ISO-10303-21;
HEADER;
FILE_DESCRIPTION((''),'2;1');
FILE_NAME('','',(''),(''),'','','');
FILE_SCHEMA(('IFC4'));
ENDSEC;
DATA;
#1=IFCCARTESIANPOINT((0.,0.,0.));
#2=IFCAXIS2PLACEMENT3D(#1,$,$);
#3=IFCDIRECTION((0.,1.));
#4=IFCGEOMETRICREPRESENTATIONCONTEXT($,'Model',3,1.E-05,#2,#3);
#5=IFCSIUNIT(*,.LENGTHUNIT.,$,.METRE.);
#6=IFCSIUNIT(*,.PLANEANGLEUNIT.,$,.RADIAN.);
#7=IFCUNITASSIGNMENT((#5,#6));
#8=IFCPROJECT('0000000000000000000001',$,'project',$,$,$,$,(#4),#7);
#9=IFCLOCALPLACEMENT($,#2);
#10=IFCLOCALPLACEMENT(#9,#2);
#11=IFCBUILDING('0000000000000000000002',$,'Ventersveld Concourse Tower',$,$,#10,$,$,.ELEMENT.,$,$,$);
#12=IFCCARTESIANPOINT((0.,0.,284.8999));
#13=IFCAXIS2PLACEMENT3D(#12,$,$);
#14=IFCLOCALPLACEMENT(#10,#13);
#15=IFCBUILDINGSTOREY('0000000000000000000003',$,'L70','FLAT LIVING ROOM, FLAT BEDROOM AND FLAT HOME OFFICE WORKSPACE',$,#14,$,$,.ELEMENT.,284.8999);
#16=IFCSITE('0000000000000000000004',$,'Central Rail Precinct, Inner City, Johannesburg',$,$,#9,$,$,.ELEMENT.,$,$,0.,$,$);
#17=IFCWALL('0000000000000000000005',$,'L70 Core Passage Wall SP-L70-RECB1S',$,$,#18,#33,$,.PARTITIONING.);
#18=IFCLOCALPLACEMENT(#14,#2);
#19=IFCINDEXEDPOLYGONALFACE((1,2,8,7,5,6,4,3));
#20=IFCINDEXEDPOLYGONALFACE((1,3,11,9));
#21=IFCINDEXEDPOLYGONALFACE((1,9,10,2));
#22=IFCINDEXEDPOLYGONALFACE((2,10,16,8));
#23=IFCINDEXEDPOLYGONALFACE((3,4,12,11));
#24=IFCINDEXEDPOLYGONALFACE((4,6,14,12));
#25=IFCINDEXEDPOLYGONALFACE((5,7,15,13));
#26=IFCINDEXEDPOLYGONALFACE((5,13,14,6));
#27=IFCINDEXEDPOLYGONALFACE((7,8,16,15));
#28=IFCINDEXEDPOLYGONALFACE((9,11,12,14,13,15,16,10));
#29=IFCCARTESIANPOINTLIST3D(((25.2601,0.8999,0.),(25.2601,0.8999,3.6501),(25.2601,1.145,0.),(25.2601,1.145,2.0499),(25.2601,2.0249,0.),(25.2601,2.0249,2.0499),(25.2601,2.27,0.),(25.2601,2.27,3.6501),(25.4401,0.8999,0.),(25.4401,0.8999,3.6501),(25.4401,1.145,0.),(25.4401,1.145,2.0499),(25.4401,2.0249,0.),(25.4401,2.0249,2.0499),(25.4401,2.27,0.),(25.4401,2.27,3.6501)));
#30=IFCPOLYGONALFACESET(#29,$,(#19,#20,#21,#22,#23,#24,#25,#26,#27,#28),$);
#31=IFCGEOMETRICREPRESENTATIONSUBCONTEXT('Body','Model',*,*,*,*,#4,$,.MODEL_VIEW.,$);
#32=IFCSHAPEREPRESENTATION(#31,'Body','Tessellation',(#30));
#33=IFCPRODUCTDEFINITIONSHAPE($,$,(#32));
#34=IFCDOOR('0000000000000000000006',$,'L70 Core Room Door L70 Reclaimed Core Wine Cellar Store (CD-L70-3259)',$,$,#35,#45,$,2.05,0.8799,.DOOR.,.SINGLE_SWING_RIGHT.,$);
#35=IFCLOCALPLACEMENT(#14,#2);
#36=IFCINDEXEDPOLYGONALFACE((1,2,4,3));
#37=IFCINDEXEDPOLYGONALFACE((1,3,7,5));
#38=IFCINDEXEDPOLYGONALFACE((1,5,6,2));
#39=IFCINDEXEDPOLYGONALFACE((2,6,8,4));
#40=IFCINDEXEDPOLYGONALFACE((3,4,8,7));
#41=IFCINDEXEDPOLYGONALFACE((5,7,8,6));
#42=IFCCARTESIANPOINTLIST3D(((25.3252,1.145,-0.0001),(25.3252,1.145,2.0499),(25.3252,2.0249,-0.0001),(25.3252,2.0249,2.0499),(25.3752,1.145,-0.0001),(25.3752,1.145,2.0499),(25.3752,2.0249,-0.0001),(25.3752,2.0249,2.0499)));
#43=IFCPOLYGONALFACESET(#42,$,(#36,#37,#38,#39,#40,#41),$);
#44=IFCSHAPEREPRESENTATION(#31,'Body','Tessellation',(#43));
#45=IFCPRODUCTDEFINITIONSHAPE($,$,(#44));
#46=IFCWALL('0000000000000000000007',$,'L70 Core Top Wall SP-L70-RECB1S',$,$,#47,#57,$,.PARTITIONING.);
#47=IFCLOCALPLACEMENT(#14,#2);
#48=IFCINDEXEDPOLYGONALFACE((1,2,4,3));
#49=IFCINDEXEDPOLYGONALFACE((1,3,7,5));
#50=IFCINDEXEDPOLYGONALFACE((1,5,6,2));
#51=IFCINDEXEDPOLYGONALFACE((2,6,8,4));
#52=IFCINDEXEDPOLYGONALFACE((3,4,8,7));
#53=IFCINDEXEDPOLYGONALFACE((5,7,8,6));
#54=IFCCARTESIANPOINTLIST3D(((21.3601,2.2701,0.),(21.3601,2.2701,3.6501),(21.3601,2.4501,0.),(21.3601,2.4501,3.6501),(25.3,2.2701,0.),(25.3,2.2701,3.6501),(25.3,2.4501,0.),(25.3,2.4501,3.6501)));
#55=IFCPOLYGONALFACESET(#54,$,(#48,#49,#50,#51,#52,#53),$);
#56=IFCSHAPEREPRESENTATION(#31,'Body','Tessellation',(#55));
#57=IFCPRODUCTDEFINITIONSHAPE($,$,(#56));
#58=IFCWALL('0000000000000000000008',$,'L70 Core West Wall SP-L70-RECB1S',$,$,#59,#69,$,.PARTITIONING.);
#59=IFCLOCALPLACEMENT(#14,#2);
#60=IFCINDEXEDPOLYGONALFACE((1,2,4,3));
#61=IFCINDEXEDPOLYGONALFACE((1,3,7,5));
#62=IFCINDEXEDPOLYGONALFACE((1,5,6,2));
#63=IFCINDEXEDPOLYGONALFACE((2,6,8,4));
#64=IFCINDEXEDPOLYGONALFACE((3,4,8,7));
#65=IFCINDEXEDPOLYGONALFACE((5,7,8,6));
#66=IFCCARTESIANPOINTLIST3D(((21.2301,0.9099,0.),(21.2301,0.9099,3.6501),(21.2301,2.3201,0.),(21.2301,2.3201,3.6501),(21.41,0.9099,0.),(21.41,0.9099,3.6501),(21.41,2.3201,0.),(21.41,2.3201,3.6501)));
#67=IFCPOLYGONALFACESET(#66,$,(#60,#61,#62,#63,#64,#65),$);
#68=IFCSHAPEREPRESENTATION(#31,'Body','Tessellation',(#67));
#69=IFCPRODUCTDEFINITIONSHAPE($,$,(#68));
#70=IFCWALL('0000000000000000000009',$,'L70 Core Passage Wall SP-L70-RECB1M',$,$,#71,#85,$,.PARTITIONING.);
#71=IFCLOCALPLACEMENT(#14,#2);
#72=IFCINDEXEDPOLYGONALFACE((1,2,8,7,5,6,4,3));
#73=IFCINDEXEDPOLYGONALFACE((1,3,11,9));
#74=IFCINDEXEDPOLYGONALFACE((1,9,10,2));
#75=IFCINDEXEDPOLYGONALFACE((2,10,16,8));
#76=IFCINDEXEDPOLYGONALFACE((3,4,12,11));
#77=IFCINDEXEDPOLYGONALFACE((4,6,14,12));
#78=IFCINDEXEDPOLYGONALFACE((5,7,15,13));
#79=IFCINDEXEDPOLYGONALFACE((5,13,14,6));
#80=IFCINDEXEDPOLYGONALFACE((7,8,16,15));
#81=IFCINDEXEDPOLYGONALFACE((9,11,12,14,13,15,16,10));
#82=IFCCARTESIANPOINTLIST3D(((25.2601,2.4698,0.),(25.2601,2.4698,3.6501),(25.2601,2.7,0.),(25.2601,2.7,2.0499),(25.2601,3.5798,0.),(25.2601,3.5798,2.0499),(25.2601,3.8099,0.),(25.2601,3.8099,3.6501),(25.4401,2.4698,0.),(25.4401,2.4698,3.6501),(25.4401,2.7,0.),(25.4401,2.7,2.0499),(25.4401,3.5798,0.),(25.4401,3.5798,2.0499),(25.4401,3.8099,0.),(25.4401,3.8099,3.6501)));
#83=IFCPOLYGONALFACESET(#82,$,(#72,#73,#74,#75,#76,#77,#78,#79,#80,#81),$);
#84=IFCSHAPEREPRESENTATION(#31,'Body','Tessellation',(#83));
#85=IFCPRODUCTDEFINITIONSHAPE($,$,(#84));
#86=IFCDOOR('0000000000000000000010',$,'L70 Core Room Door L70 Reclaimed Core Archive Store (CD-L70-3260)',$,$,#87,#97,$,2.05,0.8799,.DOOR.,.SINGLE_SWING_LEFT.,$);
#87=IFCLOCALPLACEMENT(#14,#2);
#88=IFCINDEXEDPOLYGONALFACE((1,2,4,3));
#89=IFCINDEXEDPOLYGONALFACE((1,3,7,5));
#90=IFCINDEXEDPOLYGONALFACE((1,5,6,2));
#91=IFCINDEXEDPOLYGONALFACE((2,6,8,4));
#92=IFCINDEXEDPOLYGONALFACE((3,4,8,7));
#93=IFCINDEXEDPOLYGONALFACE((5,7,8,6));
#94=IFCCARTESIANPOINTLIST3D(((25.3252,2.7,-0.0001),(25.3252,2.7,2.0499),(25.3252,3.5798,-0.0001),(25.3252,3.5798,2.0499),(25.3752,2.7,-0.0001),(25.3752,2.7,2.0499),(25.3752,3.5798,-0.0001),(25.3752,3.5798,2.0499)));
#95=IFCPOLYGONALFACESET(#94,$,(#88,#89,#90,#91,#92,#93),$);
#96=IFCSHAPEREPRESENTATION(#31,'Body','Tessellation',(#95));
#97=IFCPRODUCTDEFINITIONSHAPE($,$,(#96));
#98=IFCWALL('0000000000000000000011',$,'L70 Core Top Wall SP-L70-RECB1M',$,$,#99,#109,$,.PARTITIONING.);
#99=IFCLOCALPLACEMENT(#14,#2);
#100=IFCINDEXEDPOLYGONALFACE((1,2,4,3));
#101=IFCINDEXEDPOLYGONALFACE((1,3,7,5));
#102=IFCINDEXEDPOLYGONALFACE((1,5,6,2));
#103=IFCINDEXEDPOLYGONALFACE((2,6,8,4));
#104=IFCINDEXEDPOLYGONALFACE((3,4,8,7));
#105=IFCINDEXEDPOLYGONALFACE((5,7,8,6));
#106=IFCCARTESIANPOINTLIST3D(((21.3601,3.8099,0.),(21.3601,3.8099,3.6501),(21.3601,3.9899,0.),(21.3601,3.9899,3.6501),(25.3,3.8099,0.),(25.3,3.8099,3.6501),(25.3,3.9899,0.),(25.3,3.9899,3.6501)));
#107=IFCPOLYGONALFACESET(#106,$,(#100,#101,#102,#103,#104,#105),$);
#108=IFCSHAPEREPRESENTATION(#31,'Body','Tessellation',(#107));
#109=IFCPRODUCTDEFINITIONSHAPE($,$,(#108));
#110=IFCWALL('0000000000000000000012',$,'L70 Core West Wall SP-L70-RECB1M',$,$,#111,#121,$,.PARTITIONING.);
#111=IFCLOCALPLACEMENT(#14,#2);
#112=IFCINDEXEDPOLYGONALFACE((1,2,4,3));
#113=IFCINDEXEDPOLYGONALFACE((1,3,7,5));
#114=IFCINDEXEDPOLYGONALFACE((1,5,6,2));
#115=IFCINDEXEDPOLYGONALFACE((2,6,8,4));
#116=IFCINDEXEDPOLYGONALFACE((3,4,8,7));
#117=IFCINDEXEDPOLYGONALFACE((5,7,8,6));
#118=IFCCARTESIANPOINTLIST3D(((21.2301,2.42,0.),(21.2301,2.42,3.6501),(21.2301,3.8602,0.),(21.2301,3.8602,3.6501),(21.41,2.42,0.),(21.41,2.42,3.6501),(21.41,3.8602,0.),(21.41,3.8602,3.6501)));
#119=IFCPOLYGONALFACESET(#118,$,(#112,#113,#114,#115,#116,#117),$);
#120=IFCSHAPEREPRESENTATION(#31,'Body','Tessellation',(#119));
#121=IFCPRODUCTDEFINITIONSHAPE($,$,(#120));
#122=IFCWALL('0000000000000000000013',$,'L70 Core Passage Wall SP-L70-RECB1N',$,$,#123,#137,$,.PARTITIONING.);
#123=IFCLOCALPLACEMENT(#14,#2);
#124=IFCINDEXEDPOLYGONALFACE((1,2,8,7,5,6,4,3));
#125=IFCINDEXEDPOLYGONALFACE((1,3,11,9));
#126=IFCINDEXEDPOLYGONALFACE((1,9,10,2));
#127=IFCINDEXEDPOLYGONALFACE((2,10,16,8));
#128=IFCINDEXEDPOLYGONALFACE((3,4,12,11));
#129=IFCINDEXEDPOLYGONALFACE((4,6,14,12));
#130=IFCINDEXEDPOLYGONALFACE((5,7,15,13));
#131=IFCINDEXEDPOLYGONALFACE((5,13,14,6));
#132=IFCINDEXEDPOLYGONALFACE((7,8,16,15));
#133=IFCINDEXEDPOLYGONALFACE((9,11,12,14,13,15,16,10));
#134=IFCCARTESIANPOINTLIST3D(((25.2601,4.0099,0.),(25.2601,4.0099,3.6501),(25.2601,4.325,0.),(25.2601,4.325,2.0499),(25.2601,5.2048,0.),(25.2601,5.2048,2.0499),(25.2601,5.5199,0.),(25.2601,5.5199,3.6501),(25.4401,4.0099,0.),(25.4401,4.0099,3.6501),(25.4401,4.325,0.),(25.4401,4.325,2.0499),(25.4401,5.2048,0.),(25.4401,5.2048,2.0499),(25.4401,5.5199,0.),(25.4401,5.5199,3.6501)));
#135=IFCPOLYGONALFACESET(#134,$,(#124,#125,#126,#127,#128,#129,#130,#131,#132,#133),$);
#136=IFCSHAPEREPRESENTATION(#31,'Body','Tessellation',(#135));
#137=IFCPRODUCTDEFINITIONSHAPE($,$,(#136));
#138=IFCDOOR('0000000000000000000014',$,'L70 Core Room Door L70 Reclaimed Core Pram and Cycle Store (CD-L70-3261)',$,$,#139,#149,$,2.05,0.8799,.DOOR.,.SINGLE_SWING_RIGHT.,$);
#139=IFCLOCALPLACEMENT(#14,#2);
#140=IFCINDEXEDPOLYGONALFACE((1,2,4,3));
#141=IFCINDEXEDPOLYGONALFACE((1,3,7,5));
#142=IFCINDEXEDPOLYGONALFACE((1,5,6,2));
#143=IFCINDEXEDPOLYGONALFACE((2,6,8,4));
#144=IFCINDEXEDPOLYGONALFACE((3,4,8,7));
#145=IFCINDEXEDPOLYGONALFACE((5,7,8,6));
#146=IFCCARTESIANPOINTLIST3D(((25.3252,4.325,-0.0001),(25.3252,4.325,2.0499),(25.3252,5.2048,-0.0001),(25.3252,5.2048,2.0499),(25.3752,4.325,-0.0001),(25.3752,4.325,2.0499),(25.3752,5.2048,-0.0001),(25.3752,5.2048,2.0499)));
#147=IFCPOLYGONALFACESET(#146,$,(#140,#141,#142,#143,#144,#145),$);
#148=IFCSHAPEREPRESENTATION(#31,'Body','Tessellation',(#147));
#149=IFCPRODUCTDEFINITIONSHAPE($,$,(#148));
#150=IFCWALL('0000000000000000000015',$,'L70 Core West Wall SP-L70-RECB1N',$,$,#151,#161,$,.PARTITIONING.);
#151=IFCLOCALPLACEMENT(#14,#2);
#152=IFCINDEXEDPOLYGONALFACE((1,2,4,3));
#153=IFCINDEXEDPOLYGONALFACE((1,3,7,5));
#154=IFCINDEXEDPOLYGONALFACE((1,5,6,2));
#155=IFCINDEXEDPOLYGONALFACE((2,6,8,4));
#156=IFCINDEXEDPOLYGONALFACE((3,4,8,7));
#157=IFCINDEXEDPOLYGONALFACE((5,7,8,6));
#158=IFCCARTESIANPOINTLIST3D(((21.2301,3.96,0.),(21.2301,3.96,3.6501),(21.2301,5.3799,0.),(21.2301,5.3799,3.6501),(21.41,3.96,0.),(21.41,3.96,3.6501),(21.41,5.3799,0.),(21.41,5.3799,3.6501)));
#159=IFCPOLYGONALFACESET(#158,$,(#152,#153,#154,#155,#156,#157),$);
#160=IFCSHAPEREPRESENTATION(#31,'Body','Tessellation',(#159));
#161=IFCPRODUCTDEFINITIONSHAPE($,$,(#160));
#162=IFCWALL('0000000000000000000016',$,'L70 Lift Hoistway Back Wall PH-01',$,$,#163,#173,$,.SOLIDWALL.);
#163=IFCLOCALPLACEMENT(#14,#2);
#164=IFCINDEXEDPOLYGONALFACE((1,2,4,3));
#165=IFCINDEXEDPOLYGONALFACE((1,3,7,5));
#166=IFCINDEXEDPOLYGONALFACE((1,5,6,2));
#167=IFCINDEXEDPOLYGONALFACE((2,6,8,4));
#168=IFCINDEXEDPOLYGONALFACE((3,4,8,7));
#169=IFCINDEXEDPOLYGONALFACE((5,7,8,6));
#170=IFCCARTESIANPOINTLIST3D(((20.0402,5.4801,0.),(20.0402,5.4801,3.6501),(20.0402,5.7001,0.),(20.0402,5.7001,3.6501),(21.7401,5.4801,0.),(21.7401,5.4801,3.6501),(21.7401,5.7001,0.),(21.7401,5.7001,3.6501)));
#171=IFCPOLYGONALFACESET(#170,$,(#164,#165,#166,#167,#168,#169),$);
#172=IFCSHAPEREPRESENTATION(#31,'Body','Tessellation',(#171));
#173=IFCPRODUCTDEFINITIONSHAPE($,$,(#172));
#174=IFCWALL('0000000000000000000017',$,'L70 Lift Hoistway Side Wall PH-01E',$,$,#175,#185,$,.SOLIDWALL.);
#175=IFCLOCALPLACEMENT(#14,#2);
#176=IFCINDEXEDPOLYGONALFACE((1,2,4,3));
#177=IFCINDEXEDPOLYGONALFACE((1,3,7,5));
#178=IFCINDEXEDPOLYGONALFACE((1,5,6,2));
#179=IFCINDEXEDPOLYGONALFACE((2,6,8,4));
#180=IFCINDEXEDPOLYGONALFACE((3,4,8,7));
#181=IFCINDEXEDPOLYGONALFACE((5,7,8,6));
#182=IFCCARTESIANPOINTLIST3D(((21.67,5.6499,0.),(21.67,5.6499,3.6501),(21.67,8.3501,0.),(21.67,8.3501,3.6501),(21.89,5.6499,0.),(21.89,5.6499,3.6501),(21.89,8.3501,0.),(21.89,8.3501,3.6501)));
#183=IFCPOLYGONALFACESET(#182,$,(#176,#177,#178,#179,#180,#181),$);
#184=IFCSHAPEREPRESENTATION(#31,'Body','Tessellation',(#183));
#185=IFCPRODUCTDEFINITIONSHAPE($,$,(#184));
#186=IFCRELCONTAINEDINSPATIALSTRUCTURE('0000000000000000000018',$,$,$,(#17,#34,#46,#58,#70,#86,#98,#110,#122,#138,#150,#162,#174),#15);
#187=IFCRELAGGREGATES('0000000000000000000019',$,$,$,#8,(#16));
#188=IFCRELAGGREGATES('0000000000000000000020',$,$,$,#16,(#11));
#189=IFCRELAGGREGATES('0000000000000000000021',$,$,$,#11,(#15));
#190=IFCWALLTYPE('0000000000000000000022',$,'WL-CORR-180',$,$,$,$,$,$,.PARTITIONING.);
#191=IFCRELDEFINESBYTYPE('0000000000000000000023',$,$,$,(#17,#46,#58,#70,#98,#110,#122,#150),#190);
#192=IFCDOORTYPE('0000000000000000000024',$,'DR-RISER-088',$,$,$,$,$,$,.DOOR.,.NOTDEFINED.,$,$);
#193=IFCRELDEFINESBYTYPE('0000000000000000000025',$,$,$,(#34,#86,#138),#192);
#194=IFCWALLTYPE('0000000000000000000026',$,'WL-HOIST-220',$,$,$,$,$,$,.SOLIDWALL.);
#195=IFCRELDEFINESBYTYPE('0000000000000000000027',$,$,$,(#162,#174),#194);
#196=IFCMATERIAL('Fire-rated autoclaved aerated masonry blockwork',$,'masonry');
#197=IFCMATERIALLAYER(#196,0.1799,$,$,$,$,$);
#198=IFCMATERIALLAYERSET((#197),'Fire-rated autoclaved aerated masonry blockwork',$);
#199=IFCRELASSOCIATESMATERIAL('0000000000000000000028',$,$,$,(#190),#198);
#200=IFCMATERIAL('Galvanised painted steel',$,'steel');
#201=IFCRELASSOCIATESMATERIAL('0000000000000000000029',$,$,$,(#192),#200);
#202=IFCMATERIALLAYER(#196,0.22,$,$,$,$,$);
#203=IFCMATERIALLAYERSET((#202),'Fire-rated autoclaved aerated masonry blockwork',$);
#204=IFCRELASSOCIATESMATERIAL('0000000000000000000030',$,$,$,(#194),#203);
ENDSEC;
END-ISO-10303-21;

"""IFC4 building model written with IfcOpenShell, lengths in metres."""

from ifc_helpers import new_model, si_unit, direction, frame, frame_2d, origin, place, context, subcontext, project, spatial, rectangle, extrude, material, layer, layer_set, type_object, element, fill, save


model = new_model("IFC4")

# Units and contexts
model_context = context("Model", 3, precision=1e-05, world=origin(), true_north=direction((0.0, 1.0)))
body_context = subcontext(model_context, "Body", "Model", "MODEL_VIEW")
ifc_project = project(units=[si_unit("LENGTHUNIT", "METRE"), si_unit("PLANEANGLEUNIT", "RADIAN")], contexts=[model_context])

# Site, building, storey
site_placement = place(None, origin())
site = spatial("IfcSite", under=ifc_project, at=site_placement, Name="Central Rail Precinct, Inner City, Johannesburg", CompositionType="ELEMENT", RefElevation=0.0)
building_placement = place(site_placement, origin())
building = spatial("IfcBuilding", under=site, at=building_placement, Name="Ventersveld Concourse Tower", CompositionType="ELEMENT")
storey_placement = place(building_placement, frame((0.0, 0.0, 284.8999)))
storey = spatial("IfcBuildingStorey", under=building, at=storey_placement, Name="L70", Description="FLAT LIVING ROOM, FLAT BEDROOM AND FLAT HOME OFFICE WORKSPACE", CompositionType="ELEMENT", Elevation=284.8999)

# Wall, opening, door
ifc_material_1 = material(Name="Fire-rated autoclaved aerated masonry blockwork", Category="masonry")
ifc_layer_1 = layer(ifc_material_1, 0.1799)
ifc_layer_set_1 = layer_set([ifc_layer_1], Name="Fire-rated autoclaved aerated masonry blockwork")
wall_type_1 = type_object("IfcWallType", Name="WL-CORR-180", PredefinedType="PARTITIONING", material=ifc_layer_set_1)
wall_1_placement = place(storey_placement, frame((25.3501, 0.8999, 0.0), z_axis=(0.0, 0.0, 1.0), x_axis=(0.0, 1.0, 0.0)))
wall_1 = element("IfcWall", 1, at=wall_1_placement, inside=storey, type_object=wall_type_1, Name="L70 Core Passage Wall SP-L70-RECB1S", PredefinedType="PARTITIONING", context=body_context, shape_type="SweptSolid", body=[
    extrude(rectangle(XDim=1.3701, YDim=0.1799, at=frame_2d((0.6851, 0.0))), origin(), (0.0, 0.0, 1.0), 3.6501),
])
opening_1_placement = place(wall_1_placement, frame((0.2451, 0.0, 0.0)))
opening_1 = element("IfcOpeningElement", 2, at=opening_1_placement, cuts=wall_1, PredefinedType="OPENING", context=body_context, shape_type="SweptSolid", body=[
    extrude(rectangle(XDim=0.8799, YDim=2.05, at=frame_2d((0.4399, 1.0249))), frame((0.0, 0.1001, 0.0), z_axis=(0.0, -1.0, 0.0), x_axis=(1.0, 0.0, 0.0)), (0.0, 0.0, 1.0), 0.2),
])
ifc_material_2 = material(Name="Galvanised painted steel", Category="steel")
door_type_1 = type_object("IfcDoorType", Name="DR-RISER-088", OperationType="NOTDEFINED", PredefinedType="DOOR", material=ifc_material_2)
door_1_placement = place(opening_1_placement, origin())
door_1 = element("IfcDoor", 3, at=door_1_placement, inside=storey, type_object=door_type_1, Name="L70 Core Room Door L70 Reclaimed Core Wine Cellar Store (CD-L70-3259)", OperationType="SINGLE_SWING_RIGHT", OverallHeight=2.05, OverallWidth=0.8799, PredefinedType="DOOR", context=body_context, shape_type="SweptSolid", body=[
    extrude(rectangle(XDim=0.8799, YDim=2.05, at=frame_2d((0.4399, 1.0249))), frame((0.0, 0.0249, 0.0), z_axis=(0.0, -1.0, 0.0), x_axis=(1.0, 0.0, 0.0)), (0.0, 0.0, 1.0), 0.05),
])
fill(opening_1, door_1)

# Walls
wall_2_placement = place(storey_placement, frame((21.3601, 2.3601, 0.0), z_axis=(0.0, 0.0, 1.0), x_axis=(1.0, 0.0, 0.0)))
element("IfcWall", 4, at=wall_2_placement, inside=storey, type_object=wall_type_1, Name="L70 Core Top Wall SP-L70-RECB1S", PredefinedType="PARTITIONING", context=body_context, shape_type="SweptSolid", body=[
    extrude(rectangle(XDim=3.9399, YDim=0.1799, at=frame_2d((1.97, 0.0))), origin(), (0.0, 0.0, 1.0), 3.6501),
])
wall_3_placement = place(storey_placement, frame((21.3201, 0.9099, 0.0), z_axis=(0.0, 0.0, 1.0), x_axis=(0.0, 1.0, 0.0)))
element("IfcWall", 5, at=wall_3_placement, inside=storey, type_object=wall_type_1, Name="L70 Core West Wall SP-L70-RECB1S", PredefinedType="PARTITIONING", context=body_context, shape_type="SweptSolid", body=[
    extrude(rectangle(XDim=1.4102, YDim=0.1799, at=frame_2d((0.7051, 0.0))), origin(), (0.0, 0.0, 1.0), 3.6501),
])

# Wall, opening, door
wall_4_placement = place(storey_placement, frame((25.3501, 2.47, 0.0), z_axis=(0.0, 0.0, 1.0), x_axis=(0.0, 1.0, 0.0)))
wall_4 = element("IfcWall", 6, at=wall_4_placement, inside=storey, type_object=wall_type_1, Name="L70 Core Passage Wall SP-L70-RECB1M", PredefinedType="PARTITIONING", context=body_context, shape_type="SweptSolid", body=[
    extrude(rectangle(XDim=1.3401, YDim=0.1799, at=frame_2d((0.6699, 0.0))), origin(), (0.0, 0.0, 1.0), 3.6501),
])
opening_2_placement = place(wall_4_placement, frame((0.23, 0.0, 0.0)))
opening_2 = element("IfcOpeningElement", 7, at=opening_2_placement, cuts=wall_4, PredefinedType="OPENING", context=body_context, shape_type="SweptSolid", body=[
    extrude(rectangle(XDim=0.8799, YDim=2.05, at=frame_2d((0.4399, 1.0249))), frame((0.0, 0.1001, 0.0), z_axis=(0.0, -1.0, 0.0), x_axis=(1.0, 0.0, 0.0)), (0.0, 0.0, 1.0), 0.2),
])
door_2_placement = place(opening_2_placement, origin())
door_2 = element("IfcDoor", 8, at=door_2_placement, inside=storey, type_object=door_type_1, Name="L70 Core Room Door L70 Reclaimed Core Archive Store (CD-L70-3260)", OperationType="SINGLE_SWING_LEFT", OverallHeight=2.05, OverallWidth=0.8799, PredefinedType="DOOR", context=body_context, shape_type="SweptSolid", body=[
    extrude(rectangle(XDim=0.8799, YDim=2.05, at=frame_2d((0.4399, 1.0249))), frame((0.0, 0.0249, 0.0), z_axis=(0.0, -1.0, 0.0), x_axis=(1.0, 0.0, 0.0)), (0.0, 0.0, 1.0), 0.05),
])
fill(opening_2, door_2)

# Walls
wall_5_placement = place(storey_placement, frame((21.3601, 3.8999, 0.0), z_axis=(0.0, 0.0, 1.0), x_axis=(1.0, 0.0, 0.0)))
element("IfcWall", 9, at=wall_5_placement, inside=storey, type_object=wall_type_1, Name="L70 Core Top Wall SP-L70-RECB1M", PredefinedType="PARTITIONING", context=body_context, shape_type="SweptSolid", body=[
    extrude(rectangle(XDim=3.9399, YDim=0.1799, at=frame_2d((1.97, 0.0))), origin(), (0.0, 0.0, 1.0), 3.6501),
])
wall_6_placement = place(storey_placement, frame((21.3201, 2.4199, 0.0), z_axis=(0.0, 0.0, 1.0), x_axis=(0.0, 1.0, 0.0)))
element("IfcWall", 10, at=wall_6_placement, inside=storey, type_object=wall_type_1, Name="L70 Core West Wall SP-L70-RECB1M", PredefinedType="PARTITIONING", context=body_context, shape_type="SweptSolid", body=[
    extrude(rectangle(XDim=1.4402, YDim=0.1799, at=frame_2d((0.7202, 0.0))), origin(), (0.0, 0.0, 1.0), 3.6501),
])

# Wall, opening, door
wall_7_placement = place(storey_placement, frame((25.3501, 4.01, 0.0), z_axis=(0.0, 0.0, 1.0), x_axis=(0.0, 1.0, 0.0)))
wall_7 = element("IfcWall", 11, at=wall_7_placement, inside=storey, type_object=wall_type_1, Name="L70 Core Passage Wall SP-L70-RECB1N", PredefinedType="PARTITIONING", context=body_context, shape_type="SweptSolid", body=[
    extrude(rectangle(XDim=1.51, YDim=0.1799, at=frame_2d((0.7549, 0.0))), origin(), (0.0, 0.0, 1.0), 3.6501),
])
opening_3_placement = place(wall_7_placement, frame((0.3149, 0.0, 0.0)))
opening_3 = element("IfcOpeningElement", 12, at=opening_3_placement, cuts=wall_7, PredefinedType="OPENING", context=body_context, shape_type="SweptSolid", body=[
    extrude(rectangle(XDim=0.8799, YDim=2.05, at=frame_2d((0.4399, 1.0249))), frame((0.0, 0.1001, 0.0), z_axis=(0.0, -1.0, 0.0), x_axis=(1.0, 0.0, 0.0)), (0.0, 0.0, 1.0), 0.2),
])
door_3_placement = place(opening_3_placement, origin())
door_3 = element("IfcDoor", 13, at=door_3_placement, inside=storey, type_object=door_type_1, Name="L70 Core Room Door L70 Reclaimed Core Pram and Cycle Store (CD-L70-3261)", OperationType="SINGLE_SWING_RIGHT", OverallHeight=2.05, OverallWidth=0.8799, PredefinedType="DOOR", context=body_context, shape_type="SweptSolid", body=[
    extrude(rectangle(XDim=0.8799, YDim=2.05, at=frame_2d((0.4399, 1.0249))), frame((0.0, 0.0249, 0.0), z_axis=(0.0, -1.0, 0.0), x_axis=(1.0, 0.0, 0.0)), (0.0, 0.0, 1.0), 0.05),
])
fill(opening_3, door_3)

# Walls
wall_8_placement = place(storey_placement, frame((21.3201, 3.96, 0.0), z_axis=(0.0, 0.0, 1.0), x_axis=(0.0, 1.0, 0.0)))
element("IfcWall", 14, at=wall_8_placement, inside=storey, type_object=wall_type_1, Name="L70 Core West Wall SP-L70-RECB1N", PredefinedType="PARTITIONING", context=body_context, shape_type="SweptSolid", body=[
    extrude(rectangle(XDim=1.4199, YDim=0.1799, at=frame_2d((0.71, 0.0))), origin(), (0.0, 0.0, 1.0), 3.6501),
])
ifc_layer_2 = layer(ifc_material_1, 0.22)
ifc_layer_set_2 = layer_set([ifc_layer_2], Name="Fire-rated autoclaved aerated masonry blockwork")
wall_type_2 = type_object("IfcWallType", Name="WL-HOIST-220", PredefinedType="SOLIDWALL", material=ifc_layer_set_2)
wall_9_placement = place(storey_placement, frame((20.04, 5.5901, 0.0), z_axis=(0.0, 0.0, 1.0), x_axis=(1.0, 0.0, 0.0)))
element("IfcWall", 15, at=wall_9_placement, inside=storey, type_object=wall_type_2, Name="L70 Lift Hoistway Back Wall PH-01", PredefinedType="SOLIDWALL", context=body_context, shape_type="SweptSolid", body=[
    extrude(rectangle(XDim=1.7, YDim=0.22, at=frame_2d((0.8501, 0.0))), origin(), (0.0, 0.0, 1.0), 3.6501),
])
wall_10_placement = place(storey_placement, frame((21.78, 5.6499, 0.0), z_axis=(0.0, 0.0, 1.0), x_axis=(0.0, 1.0, 0.0)))
element("IfcWall", 16, at=wall_10_placement, inside=storey, type_object=wall_type_2, Name="L70 Lift Hoistway Side Wall PH-01E", PredefinedType="SOLIDWALL", context=body_context, shape_type="SweptSolid", body=[
    extrude(rectangle(XDim=2.7002, YDim=0.22, at=frame_2d((1.3501, 0.0))), origin(), (0.0, 0.0, 1.0), 3.6501),
])

save(model, "model.ifc")
